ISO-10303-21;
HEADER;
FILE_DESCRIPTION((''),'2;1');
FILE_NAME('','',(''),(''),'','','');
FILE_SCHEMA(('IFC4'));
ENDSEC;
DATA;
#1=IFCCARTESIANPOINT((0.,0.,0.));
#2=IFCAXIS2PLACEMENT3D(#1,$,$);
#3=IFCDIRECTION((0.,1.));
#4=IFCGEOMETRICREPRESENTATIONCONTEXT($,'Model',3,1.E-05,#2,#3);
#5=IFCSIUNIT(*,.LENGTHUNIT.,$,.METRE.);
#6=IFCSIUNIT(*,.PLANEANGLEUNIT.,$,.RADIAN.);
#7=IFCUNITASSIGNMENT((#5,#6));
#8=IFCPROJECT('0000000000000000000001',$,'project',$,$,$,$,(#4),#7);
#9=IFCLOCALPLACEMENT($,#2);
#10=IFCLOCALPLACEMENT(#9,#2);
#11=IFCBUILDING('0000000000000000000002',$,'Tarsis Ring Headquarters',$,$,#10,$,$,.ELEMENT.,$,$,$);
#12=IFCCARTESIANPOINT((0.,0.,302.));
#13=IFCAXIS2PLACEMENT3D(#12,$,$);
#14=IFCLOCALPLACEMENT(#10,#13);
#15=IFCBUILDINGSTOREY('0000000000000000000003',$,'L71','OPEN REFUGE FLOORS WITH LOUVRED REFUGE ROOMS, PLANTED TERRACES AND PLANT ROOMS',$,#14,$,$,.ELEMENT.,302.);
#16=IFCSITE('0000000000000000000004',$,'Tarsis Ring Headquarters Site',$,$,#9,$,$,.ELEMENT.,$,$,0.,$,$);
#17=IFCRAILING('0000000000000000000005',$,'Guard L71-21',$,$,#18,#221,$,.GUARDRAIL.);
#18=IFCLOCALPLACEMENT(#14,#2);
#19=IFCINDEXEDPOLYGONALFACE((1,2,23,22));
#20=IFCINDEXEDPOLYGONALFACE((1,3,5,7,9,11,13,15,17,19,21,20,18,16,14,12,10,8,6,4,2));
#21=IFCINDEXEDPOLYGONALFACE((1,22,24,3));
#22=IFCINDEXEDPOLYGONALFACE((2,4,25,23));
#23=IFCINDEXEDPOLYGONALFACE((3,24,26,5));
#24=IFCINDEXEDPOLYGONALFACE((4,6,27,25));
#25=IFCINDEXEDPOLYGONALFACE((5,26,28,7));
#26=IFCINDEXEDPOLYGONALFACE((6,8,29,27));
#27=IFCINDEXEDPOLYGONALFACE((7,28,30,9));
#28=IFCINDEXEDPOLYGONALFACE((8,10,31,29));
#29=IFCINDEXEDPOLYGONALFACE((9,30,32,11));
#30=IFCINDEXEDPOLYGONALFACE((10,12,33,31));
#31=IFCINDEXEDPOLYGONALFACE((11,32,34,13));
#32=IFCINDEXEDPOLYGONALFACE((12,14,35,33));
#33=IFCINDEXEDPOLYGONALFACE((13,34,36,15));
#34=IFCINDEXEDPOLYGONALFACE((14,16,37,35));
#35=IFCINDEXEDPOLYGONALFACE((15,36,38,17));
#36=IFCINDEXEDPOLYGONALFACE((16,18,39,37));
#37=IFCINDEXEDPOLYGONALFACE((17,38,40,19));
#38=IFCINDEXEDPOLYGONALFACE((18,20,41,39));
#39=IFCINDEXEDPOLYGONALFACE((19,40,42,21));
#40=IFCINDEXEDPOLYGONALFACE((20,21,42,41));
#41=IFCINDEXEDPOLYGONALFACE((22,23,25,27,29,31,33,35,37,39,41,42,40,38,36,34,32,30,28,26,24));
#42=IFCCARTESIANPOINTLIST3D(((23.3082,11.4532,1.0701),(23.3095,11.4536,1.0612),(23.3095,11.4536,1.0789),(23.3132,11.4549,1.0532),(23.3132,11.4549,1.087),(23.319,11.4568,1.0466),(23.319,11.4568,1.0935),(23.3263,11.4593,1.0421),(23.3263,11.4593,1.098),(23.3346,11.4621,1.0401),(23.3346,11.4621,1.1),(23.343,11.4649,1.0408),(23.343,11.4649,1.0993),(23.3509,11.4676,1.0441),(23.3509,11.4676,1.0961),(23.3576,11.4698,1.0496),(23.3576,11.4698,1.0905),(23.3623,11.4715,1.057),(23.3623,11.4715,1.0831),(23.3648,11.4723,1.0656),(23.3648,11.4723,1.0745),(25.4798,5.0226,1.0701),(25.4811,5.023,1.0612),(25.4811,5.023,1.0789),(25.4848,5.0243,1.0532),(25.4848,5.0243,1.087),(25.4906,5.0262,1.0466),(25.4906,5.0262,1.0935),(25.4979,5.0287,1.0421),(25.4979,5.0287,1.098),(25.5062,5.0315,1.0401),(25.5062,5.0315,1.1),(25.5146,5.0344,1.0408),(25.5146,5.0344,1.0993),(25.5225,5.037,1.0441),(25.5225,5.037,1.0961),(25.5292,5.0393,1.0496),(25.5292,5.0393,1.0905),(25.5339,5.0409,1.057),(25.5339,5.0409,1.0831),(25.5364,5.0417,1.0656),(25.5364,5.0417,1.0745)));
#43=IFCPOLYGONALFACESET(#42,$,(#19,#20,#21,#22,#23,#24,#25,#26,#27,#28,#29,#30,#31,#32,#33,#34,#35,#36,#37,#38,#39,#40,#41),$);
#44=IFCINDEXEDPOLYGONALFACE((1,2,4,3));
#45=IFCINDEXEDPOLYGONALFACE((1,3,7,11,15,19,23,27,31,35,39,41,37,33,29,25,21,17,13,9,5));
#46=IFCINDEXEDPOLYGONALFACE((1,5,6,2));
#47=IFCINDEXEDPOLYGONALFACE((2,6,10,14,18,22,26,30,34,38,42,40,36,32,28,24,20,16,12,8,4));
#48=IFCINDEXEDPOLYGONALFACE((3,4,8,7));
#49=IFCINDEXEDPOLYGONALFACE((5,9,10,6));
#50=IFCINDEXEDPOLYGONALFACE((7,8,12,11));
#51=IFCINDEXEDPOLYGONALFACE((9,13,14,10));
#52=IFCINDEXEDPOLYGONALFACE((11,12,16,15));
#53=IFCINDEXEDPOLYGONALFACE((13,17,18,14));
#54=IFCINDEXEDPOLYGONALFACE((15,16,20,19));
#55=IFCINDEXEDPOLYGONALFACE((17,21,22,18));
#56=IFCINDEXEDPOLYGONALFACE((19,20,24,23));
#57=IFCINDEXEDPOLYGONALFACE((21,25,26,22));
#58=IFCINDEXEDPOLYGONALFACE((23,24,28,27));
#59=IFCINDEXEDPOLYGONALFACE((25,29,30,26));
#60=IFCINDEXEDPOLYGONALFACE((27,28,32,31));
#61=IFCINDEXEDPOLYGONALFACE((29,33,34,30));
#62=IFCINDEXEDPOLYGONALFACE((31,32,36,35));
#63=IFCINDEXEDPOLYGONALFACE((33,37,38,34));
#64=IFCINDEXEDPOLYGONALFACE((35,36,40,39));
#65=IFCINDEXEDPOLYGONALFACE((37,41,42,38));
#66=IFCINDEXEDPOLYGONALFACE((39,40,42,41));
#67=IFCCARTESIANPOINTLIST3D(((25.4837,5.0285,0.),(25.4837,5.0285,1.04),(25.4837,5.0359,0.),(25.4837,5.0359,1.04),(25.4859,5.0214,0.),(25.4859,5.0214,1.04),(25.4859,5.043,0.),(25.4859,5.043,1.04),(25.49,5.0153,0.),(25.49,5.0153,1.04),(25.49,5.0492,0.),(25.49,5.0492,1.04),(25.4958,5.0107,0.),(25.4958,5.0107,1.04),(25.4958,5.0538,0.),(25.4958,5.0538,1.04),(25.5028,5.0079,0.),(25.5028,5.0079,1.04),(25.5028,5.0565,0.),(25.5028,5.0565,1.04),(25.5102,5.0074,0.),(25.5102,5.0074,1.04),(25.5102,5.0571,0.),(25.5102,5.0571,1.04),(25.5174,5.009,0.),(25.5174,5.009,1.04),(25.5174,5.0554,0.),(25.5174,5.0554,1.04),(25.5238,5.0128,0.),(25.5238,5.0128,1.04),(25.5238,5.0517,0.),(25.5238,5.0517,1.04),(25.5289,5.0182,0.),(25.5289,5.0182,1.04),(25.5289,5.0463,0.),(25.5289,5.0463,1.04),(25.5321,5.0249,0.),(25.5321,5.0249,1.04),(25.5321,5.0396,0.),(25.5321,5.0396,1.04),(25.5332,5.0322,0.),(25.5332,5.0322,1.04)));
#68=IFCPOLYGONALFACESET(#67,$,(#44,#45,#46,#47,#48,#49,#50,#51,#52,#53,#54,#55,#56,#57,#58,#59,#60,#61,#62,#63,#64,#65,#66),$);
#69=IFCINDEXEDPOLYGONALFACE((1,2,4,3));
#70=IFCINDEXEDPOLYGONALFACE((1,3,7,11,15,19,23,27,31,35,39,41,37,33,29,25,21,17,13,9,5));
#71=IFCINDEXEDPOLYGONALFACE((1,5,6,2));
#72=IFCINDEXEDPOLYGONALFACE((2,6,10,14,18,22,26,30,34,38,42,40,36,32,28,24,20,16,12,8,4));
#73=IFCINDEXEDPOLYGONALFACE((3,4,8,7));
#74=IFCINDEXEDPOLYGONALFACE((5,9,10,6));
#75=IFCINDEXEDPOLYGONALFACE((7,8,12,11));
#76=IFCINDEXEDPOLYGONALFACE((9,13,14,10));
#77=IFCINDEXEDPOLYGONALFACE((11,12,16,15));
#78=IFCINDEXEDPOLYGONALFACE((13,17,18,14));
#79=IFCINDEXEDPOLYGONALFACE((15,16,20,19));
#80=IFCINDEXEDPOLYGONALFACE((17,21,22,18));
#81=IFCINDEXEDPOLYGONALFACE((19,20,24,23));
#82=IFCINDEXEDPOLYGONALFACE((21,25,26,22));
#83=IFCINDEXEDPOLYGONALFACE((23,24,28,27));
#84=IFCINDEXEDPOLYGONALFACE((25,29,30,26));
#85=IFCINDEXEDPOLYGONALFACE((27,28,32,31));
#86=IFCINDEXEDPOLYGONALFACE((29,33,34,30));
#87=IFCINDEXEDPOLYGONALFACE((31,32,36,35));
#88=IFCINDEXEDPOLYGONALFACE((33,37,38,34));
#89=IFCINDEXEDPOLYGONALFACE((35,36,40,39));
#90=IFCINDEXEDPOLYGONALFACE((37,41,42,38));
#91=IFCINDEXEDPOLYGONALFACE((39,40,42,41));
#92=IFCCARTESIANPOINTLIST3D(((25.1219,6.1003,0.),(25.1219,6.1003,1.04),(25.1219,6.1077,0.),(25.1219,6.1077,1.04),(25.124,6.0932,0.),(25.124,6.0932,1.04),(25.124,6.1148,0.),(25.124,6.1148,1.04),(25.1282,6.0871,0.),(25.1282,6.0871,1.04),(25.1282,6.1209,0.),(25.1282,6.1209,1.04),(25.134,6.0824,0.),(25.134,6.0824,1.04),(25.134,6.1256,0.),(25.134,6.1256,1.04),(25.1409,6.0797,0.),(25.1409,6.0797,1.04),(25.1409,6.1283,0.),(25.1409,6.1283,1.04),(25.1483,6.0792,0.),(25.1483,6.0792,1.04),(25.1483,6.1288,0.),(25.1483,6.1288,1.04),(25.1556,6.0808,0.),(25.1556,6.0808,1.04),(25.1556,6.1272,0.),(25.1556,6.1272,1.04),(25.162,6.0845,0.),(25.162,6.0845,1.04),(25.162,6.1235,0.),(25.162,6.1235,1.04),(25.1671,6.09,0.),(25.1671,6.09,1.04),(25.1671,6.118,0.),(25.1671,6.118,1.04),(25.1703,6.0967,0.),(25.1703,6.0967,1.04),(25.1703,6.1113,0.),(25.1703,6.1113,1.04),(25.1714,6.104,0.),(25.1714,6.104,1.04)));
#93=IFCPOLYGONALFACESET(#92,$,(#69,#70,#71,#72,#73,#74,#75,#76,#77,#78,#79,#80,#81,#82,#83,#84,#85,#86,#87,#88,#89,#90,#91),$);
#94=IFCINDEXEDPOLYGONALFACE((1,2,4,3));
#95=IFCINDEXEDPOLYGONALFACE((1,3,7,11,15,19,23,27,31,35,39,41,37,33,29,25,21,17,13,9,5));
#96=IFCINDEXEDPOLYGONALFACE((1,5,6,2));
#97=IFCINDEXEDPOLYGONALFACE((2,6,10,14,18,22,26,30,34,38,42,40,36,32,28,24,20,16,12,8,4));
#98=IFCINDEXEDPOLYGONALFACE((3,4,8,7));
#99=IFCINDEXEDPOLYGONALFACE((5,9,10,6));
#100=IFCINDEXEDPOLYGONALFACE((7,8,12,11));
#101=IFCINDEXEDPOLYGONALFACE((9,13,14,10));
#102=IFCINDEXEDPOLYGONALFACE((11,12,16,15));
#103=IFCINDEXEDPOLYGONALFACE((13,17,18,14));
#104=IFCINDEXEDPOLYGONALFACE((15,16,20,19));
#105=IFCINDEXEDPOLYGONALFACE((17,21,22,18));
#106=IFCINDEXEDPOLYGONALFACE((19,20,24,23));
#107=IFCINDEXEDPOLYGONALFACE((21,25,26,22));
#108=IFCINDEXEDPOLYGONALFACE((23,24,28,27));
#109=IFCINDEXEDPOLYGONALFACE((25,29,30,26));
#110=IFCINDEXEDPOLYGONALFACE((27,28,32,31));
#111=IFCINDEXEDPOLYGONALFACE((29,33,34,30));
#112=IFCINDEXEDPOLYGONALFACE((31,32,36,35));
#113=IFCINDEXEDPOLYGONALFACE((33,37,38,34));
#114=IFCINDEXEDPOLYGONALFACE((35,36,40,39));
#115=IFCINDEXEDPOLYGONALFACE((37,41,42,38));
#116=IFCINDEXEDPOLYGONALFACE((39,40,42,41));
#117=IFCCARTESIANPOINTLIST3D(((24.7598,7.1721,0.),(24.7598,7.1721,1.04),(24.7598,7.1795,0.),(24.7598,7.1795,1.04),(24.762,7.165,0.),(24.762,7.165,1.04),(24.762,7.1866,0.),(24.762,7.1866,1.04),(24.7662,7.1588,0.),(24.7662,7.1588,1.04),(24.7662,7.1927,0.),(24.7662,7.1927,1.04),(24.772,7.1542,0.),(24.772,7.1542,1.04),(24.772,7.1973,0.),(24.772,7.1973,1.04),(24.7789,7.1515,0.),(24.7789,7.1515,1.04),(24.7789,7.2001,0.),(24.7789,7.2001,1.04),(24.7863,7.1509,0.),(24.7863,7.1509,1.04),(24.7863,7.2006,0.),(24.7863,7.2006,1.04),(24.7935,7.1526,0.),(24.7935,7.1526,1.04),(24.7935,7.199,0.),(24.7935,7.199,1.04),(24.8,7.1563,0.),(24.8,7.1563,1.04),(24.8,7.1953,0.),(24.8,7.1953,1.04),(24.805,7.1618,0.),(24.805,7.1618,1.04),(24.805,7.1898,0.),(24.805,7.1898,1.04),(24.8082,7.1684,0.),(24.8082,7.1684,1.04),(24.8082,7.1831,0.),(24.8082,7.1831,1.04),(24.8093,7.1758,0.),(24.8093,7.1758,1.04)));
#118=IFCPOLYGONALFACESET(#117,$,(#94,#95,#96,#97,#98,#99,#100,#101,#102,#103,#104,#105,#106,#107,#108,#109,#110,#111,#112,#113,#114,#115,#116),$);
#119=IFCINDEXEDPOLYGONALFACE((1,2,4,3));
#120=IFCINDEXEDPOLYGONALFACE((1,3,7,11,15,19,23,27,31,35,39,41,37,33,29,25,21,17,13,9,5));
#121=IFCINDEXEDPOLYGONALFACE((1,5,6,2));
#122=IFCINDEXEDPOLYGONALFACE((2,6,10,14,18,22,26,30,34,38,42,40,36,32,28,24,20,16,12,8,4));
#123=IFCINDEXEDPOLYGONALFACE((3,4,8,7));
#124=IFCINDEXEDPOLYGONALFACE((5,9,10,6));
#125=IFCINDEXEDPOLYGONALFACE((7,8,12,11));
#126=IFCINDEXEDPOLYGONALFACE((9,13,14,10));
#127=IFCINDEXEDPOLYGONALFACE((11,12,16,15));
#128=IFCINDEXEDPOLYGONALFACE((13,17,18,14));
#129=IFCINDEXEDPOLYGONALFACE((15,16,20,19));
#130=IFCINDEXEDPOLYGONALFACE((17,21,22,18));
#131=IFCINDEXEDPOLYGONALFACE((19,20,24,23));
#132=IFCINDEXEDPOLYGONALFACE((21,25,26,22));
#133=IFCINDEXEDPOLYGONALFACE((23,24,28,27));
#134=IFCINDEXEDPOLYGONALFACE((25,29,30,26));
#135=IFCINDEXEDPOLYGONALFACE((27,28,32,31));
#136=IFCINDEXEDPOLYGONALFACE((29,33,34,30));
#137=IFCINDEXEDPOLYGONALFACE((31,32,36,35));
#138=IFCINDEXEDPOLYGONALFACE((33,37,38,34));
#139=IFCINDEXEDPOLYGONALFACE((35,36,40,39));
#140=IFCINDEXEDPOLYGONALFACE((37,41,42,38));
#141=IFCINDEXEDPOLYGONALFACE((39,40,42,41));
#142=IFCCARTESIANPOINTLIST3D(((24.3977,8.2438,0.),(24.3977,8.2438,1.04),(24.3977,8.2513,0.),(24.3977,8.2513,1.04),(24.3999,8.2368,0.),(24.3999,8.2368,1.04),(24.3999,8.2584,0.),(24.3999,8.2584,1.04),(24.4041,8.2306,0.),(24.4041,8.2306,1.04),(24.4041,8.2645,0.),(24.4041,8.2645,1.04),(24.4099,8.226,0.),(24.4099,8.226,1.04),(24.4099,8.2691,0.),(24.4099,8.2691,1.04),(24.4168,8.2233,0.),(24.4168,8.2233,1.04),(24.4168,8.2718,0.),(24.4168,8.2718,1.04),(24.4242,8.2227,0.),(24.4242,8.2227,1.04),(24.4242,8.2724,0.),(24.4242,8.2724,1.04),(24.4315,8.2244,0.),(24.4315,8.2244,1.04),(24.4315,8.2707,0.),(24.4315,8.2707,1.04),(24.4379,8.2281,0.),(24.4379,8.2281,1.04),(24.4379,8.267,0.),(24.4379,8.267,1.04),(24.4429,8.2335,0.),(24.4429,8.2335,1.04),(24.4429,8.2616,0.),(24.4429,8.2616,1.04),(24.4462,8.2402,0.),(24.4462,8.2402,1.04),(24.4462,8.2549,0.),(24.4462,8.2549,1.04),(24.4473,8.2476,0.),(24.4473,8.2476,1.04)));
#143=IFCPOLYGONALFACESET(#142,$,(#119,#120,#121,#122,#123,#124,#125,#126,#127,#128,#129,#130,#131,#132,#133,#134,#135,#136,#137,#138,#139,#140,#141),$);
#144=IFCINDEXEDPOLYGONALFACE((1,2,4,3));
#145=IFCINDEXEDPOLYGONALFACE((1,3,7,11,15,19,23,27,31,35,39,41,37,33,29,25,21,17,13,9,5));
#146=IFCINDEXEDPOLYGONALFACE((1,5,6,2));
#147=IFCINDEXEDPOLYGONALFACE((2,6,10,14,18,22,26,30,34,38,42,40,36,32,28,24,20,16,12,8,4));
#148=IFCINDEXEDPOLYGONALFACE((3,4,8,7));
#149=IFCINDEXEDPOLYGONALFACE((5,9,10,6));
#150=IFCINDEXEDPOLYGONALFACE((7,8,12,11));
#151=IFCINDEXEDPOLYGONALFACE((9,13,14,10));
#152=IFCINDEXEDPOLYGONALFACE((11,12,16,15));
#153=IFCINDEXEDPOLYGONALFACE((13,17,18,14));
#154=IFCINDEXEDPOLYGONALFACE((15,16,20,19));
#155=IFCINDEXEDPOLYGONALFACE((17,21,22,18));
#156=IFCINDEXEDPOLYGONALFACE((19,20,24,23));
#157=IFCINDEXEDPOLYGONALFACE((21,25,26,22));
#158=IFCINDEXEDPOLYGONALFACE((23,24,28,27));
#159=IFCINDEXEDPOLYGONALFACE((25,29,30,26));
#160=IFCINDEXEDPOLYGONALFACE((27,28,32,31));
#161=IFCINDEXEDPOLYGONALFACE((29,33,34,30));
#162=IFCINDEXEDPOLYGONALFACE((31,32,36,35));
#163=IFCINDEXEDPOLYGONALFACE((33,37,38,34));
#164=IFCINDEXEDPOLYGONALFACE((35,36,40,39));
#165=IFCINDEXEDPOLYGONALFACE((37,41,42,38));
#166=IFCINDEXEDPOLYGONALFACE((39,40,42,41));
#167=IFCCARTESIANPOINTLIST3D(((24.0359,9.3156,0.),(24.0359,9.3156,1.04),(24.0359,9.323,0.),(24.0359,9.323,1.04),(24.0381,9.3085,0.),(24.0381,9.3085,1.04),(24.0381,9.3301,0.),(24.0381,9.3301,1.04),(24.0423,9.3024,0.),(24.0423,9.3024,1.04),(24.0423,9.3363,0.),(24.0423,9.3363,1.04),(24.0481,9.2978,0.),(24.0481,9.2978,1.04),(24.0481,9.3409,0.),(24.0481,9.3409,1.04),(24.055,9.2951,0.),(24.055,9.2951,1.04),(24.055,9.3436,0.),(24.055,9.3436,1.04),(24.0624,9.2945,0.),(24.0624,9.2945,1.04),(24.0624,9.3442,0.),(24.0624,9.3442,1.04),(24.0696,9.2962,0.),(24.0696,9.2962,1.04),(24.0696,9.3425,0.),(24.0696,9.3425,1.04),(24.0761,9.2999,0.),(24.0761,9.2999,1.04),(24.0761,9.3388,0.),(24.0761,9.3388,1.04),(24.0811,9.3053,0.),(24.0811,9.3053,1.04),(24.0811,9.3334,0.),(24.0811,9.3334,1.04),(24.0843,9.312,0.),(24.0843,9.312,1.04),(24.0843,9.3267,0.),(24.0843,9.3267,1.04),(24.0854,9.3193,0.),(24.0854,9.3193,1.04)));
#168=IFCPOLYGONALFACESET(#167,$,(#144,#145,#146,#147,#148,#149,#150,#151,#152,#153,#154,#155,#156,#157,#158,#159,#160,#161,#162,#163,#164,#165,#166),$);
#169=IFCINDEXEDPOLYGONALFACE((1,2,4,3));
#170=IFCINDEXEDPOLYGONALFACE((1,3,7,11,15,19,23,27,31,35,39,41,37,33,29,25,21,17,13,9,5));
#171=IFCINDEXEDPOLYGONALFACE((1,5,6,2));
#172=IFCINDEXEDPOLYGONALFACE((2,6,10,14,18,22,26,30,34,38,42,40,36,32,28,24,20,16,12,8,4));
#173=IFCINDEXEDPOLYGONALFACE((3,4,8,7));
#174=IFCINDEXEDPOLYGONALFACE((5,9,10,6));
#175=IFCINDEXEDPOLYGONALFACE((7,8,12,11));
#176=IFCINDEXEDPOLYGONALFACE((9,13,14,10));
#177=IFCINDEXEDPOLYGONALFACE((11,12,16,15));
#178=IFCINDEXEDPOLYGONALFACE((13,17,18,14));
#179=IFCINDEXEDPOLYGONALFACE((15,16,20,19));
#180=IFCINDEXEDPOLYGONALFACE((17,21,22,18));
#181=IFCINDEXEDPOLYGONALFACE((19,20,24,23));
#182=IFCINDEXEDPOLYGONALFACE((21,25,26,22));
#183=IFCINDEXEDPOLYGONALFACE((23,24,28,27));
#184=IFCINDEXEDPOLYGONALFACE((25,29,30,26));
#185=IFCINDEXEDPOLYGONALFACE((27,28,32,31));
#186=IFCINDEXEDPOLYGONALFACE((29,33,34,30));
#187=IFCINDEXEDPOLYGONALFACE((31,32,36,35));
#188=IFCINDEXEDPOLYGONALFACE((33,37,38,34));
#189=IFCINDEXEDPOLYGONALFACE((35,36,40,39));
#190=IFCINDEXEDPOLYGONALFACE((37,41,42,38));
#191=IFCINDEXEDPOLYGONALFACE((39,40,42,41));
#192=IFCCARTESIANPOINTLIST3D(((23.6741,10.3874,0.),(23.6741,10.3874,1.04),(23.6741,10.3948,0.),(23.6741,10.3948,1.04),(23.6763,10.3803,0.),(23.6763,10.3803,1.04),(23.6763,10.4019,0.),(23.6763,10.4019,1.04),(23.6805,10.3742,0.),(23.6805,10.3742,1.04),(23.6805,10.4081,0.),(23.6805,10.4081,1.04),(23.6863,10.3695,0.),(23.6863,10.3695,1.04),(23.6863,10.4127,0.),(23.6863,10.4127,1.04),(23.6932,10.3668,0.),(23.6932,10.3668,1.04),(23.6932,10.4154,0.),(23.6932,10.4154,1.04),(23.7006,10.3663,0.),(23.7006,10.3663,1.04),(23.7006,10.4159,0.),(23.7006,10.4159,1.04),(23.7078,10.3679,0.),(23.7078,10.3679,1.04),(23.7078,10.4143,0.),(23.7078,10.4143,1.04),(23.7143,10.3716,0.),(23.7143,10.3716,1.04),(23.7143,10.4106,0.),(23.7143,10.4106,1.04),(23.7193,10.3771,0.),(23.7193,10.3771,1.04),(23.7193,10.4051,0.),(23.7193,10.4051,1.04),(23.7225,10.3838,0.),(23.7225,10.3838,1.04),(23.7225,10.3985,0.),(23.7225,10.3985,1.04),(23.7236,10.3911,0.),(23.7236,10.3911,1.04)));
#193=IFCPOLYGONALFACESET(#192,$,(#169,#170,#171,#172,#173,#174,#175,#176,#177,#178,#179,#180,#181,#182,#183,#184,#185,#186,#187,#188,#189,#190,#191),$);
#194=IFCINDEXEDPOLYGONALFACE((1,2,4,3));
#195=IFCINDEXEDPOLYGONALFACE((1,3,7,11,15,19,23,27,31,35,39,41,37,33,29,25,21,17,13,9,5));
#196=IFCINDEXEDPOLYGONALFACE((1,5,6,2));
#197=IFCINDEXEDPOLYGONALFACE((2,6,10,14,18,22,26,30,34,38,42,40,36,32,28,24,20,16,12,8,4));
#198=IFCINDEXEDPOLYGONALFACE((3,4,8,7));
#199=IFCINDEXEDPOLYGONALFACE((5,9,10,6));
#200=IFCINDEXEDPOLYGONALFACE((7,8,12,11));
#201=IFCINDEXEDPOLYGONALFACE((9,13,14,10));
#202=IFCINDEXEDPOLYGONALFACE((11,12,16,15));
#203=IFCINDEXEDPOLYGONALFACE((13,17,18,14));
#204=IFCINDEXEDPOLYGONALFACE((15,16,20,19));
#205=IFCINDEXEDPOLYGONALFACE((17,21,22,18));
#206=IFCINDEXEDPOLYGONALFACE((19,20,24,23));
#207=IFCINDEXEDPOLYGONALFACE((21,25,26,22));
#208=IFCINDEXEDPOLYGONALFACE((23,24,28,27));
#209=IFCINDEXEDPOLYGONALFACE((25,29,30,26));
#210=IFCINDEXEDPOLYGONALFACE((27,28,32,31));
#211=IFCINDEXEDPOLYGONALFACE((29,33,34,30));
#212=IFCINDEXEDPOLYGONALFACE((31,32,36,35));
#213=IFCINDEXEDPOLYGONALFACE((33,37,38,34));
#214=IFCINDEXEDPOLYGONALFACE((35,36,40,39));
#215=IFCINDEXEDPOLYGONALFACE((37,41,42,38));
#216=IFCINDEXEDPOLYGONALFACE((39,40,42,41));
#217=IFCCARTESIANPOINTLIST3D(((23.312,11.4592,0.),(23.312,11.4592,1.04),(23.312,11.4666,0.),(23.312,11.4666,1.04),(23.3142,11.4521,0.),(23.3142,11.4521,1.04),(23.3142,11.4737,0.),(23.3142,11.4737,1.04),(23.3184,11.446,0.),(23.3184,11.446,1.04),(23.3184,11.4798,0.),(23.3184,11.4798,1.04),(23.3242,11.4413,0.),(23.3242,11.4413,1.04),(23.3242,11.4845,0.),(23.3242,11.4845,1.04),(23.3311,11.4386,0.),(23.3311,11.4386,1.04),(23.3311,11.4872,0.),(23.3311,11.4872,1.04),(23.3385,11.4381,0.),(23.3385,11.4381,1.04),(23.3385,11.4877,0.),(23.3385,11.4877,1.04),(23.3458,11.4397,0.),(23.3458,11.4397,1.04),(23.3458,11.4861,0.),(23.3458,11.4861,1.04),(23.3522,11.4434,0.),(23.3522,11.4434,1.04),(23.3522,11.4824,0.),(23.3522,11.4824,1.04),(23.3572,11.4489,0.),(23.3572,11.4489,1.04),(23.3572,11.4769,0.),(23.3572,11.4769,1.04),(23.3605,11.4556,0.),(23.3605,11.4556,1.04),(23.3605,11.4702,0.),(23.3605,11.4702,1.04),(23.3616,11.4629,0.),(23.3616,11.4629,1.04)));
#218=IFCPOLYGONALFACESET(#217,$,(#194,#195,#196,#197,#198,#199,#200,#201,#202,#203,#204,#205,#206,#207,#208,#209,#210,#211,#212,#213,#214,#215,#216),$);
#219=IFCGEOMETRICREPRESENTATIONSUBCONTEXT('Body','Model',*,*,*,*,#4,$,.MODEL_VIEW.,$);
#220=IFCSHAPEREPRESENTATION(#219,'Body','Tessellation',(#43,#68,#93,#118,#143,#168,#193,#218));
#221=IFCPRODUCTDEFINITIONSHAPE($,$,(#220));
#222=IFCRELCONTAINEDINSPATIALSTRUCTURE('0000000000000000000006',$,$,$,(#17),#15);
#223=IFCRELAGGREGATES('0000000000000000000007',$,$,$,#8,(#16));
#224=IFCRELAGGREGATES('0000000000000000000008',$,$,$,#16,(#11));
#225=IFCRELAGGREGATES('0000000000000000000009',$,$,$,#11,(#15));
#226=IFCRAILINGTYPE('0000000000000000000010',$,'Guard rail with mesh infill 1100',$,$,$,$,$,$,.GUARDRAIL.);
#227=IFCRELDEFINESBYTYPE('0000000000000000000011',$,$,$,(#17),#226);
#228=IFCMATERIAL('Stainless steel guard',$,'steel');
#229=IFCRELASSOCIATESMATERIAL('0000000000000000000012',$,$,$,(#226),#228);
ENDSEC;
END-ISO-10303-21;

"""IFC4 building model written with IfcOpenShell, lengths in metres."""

from ifc_helpers import new_model, si_unit, direction, frame, origin, origin_2d, place, context, subcontext, project, spatial, circle, extrude, material, type_object, element, save


model = new_model("IFC4")

# Units and contexts
model_context = context("Model", 3, precision=1e-05, world=origin(), true_north=direction((0.0, 1.0)))
body_context = subcontext(model_context, "Body", "Model", "MODEL_VIEW")
ifc_project = project(units=[si_unit("LENGTHUNIT", "METRE"), si_unit("PLANEANGLEUNIT", "RADIAN")], contexts=[model_context])

# Site, building, storey
site_placement = place(None, origin())
site = spatial("IfcSite", under=ifc_project, at=site_placement, Name="Tarsis Ring Headquarters Site", CompositionType="ELEMENT", RefElevation=0.0)
building_placement = place(site_placement, origin())
building = spatial("IfcBuilding", under=site, at=building_placement, Name="Tarsis Ring Headquarters", CompositionType="ELEMENT")
storey_placement = place(building_placement, frame((0.0, 0.0, 302.0)))
storey = spatial("IfcBuildingStorey", under=building, at=storey_placement, Name="L71", Description="OPEN REFUGE FLOORS WITH LOUVRED REFUGE ROOMS, PLANTED TERRACES AND PLANT ROOMS", CompositionType="ELEMENT", Elevation=302.0)

# Railing
ifc_material_1 = material(Name="Stainless steel guard", Category="steel")
railing_type = type_object("IfcRailingType", Name="Guard rail with mesh infill 1100", PredefinedType="GUARDRAIL", material=ifc_material_1)
railing_1_placement = place(storey_placement, frame((25.5083, 5.0322, 0.0)))
element("IfcRailing", 1, at=railing_1_placement, inside=storey, type_object=railing_type, Name="Guard L71-21", PredefinedType="GUARDRAIL", context=body_context, shape_type="SweptSolid", body=[
    extrude(circle(Radius=0.03, at=origin_2d()), frame((0.0, 0.0, 1.0701), z_axis=(-0.319948, 0.947435, 0.0), x_axis=(-0.947435, -0.319948, 0.0)), (0.0, 0.0, 1.0), 6.7874),
    extrude(circle(Radius=0.0249, at=origin_2d()), origin(), (0.0, 0.0, 1.0), 1.04),
    extrude(circle(Radius=0.0249, at=origin_2d()), frame((-0.3618, 1.0718, 0.0)), (0.0, 0.0, 1.0), 1.04),
    extrude(circle(Radius=0.0249, at=origin_2d()), frame((-0.7239, 2.1436, 0.0)), (0.0, 0.0, 1.0), 1.04),
    extrude(circle(Radius=0.0249, at=origin_2d()), frame((-1.0859, 3.2153, 0.0)), (0.0, 0.0, 1.0), 1.04),
    extrude(circle(Radius=0.0249, at=origin_2d()), frame((-1.4478, 4.2871, 0.0)), (0.0, 0.0, 1.0), 1.04),
    extrude(circle(Radius=0.0249, at=origin_2d()), frame((-1.8096, 5.3589, 0.0)), (0.0, 0.0, 1.0), 1.04),
    extrude(circle(Radius=0.0249, at=origin_2d()), frame((-2.1716, 6.4307, 0.0)), (0.0, 0.0, 1.0), 1.04),
])

save(model, "model.ifc")
